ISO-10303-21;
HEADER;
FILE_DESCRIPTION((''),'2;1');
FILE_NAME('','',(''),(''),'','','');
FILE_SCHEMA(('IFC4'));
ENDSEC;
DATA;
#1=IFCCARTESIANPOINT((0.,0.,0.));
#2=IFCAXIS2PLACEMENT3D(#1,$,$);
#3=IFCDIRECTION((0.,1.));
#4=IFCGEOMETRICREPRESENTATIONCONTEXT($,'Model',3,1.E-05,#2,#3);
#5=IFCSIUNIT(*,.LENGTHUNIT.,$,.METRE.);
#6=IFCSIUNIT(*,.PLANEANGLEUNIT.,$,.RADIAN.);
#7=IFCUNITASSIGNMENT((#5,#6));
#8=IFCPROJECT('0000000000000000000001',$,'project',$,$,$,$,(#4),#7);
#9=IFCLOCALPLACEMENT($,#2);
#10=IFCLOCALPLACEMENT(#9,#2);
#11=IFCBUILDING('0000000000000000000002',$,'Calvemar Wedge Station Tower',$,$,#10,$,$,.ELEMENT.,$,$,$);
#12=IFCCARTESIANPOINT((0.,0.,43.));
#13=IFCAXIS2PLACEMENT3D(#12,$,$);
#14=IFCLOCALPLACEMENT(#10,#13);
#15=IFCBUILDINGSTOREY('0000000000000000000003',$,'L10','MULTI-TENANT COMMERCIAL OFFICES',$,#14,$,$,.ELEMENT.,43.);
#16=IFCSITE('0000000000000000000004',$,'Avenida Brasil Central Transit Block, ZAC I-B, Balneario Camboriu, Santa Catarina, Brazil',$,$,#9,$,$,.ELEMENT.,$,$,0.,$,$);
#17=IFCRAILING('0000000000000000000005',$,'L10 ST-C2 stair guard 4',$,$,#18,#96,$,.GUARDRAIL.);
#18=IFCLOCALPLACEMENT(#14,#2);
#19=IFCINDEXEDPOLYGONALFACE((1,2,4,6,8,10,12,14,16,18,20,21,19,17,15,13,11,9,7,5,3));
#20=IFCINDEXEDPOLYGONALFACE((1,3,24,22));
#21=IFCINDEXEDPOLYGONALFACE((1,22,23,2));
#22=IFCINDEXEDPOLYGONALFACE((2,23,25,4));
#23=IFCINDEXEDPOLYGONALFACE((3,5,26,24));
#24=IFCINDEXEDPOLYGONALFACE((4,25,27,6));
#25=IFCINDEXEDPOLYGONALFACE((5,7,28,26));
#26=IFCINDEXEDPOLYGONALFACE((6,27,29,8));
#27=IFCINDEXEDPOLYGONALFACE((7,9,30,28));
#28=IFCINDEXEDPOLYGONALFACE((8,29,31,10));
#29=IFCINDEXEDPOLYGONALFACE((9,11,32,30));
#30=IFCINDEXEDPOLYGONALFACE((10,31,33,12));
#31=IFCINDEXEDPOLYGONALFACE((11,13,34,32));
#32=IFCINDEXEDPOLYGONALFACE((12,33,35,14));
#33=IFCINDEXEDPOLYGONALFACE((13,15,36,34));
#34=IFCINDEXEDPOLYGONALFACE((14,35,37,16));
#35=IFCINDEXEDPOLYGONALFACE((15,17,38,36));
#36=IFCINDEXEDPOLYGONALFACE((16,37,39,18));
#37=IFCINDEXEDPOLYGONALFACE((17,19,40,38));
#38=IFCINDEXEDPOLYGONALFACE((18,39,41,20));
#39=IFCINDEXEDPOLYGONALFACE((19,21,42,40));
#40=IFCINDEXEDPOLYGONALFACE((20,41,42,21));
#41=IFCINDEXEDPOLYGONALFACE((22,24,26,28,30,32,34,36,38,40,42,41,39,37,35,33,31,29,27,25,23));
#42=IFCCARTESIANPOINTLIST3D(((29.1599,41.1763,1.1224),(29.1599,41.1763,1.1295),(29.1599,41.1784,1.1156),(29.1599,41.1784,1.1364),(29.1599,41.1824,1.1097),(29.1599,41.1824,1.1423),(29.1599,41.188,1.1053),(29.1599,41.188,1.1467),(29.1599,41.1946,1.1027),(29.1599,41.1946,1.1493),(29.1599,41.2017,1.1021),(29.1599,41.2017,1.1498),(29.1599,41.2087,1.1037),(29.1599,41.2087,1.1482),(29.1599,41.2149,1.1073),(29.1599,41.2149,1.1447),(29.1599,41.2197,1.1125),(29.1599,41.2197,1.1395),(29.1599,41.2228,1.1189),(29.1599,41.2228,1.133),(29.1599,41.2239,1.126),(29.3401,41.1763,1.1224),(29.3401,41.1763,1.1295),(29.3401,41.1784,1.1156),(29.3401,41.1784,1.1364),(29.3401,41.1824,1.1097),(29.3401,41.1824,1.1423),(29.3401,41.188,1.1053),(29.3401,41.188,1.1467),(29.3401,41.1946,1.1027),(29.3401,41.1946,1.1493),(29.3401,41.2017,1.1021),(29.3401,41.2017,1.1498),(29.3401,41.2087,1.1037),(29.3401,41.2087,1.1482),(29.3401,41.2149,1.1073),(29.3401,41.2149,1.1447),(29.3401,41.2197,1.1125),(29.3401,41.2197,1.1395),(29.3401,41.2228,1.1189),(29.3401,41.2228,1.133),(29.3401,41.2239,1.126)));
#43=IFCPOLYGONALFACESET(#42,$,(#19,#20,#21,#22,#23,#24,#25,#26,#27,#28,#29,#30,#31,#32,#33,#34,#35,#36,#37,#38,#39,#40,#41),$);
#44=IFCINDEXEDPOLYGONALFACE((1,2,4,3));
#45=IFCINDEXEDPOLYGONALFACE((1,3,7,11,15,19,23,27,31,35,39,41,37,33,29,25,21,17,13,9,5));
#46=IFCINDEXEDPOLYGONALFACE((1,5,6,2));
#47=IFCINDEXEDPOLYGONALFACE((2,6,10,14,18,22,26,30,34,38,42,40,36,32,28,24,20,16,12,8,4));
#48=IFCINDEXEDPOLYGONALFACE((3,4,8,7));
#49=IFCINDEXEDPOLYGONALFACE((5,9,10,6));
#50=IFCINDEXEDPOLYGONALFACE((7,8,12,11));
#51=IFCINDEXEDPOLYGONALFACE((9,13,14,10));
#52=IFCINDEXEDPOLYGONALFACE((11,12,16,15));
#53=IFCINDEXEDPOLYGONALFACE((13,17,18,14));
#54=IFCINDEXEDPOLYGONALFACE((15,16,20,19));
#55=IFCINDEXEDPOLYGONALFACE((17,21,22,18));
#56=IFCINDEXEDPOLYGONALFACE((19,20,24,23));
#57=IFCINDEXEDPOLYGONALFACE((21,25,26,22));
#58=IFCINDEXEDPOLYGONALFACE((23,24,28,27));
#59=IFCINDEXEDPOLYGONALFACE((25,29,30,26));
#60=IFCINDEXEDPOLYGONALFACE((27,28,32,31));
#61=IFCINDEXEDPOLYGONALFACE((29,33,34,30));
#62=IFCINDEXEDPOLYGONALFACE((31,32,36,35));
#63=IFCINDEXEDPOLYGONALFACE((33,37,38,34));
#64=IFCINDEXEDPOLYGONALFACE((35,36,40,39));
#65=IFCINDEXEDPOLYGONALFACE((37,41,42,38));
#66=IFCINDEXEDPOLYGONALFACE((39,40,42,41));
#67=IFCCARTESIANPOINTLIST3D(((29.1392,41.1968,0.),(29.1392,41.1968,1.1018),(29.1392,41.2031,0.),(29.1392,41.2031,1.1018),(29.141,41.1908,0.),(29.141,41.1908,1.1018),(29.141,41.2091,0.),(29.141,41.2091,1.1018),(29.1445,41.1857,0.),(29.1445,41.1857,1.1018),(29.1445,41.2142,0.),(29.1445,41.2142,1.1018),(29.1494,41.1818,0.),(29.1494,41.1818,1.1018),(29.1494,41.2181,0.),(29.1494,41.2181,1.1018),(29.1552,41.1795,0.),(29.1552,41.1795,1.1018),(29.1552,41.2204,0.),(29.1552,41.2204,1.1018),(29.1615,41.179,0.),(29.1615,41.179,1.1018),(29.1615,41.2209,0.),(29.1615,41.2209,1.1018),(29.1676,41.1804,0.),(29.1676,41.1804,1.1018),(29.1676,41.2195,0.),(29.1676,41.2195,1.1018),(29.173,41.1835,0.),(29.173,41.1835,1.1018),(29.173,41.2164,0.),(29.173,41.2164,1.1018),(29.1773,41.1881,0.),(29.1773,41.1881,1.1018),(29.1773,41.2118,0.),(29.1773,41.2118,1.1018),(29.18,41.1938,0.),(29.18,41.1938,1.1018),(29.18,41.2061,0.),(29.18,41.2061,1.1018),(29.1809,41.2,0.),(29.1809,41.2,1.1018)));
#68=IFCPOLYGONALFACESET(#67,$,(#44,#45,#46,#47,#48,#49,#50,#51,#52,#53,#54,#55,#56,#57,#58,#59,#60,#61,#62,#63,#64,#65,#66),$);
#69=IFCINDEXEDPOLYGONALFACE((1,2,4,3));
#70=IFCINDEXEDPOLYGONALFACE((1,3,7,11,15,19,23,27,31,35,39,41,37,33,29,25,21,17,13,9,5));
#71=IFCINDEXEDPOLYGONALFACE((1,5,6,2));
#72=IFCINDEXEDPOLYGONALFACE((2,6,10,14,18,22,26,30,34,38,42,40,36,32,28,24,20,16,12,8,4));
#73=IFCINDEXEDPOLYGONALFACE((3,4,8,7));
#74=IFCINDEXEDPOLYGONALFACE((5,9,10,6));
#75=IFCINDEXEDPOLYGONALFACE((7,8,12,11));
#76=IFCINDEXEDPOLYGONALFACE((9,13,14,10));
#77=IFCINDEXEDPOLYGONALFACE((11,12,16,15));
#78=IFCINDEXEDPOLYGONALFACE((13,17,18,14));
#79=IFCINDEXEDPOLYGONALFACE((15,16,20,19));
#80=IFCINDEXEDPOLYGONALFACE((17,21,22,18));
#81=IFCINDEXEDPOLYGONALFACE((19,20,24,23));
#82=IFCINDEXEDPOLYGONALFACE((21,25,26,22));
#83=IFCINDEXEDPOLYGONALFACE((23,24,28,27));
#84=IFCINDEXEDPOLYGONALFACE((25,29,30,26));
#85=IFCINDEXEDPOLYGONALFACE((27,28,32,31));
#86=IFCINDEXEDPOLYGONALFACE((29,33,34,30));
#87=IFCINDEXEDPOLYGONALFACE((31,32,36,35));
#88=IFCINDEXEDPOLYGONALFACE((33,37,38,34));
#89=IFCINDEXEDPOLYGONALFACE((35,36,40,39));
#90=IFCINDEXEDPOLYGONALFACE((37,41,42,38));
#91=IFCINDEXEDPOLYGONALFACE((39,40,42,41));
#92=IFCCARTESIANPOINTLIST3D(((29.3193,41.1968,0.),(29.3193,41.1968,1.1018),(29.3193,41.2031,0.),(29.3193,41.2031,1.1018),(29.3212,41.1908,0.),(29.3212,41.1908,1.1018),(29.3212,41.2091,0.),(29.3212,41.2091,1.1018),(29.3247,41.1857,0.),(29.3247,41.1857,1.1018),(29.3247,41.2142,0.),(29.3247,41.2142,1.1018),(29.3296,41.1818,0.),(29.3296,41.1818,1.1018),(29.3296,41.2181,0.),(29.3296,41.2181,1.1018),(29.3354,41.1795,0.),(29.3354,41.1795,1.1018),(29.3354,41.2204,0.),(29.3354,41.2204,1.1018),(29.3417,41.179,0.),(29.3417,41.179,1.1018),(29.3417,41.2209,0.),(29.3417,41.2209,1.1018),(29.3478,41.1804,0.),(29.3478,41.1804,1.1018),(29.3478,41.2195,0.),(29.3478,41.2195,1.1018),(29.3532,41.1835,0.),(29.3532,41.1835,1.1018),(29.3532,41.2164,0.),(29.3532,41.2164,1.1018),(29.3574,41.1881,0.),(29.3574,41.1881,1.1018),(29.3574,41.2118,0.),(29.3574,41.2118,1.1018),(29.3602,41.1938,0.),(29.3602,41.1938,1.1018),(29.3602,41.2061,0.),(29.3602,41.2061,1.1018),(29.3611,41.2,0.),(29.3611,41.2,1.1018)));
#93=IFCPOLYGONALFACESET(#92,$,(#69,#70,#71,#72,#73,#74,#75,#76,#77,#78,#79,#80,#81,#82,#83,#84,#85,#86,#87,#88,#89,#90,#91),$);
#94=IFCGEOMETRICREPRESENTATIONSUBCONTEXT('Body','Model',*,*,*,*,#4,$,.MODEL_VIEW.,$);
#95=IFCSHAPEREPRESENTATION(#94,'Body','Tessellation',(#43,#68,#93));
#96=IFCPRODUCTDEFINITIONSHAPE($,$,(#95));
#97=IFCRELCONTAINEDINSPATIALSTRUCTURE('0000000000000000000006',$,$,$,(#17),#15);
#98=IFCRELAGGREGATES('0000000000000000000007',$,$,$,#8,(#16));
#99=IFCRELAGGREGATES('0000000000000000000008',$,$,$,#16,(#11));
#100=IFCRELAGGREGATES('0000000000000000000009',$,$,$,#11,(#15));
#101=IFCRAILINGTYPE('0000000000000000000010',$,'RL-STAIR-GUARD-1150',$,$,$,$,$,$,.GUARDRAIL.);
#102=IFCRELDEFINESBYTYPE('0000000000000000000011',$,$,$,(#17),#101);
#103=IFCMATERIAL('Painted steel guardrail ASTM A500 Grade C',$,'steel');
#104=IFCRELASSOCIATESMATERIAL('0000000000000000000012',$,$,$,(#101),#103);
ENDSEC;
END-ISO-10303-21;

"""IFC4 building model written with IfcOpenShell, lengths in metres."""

from ifc_helpers import new_model, si_unit, direction, frame, origin, origin_2d, place, context, subcontext, project, spatial, circle, extrude, material, type_object, element, save


model = new_model("IFC4")

# Units and contexts
model_context = context("Model", 3, precision=1e-05, world=origin(), true_north=direction((0.0, 1.0)))
body_context = subcontext(model_context, "Body", "Model", "MODEL_VIEW")
ifc_project = project(units=[si_unit("LENGTHUNIT", "METRE"), si_unit("PLANEANGLEUNIT", "RADIAN")], contexts=[model_context])

# Site, building, storey
site_placement = place(None, origin())
site = spatial("IfcSite", under=ifc_project, at=site_placement, Name="Avenida Brasil Central Transit Block, ZAC I-B, Balneario Camboriu, Santa Catarina, Brazil", CompositionType="ELEMENT", RefElevation=0.0)
building_placement = place(site_placement, origin())
building = spatial("IfcBuilding", under=site, at=building_placement, Name="Calvemar Wedge Station Tower", CompositionType="ELEMENT")
storey_placement = place(building_placement, frame((0.0, 0.0, 43.0)))
storey = spatial("IfcBuildingStorey", under=building, at=storey_placement, Name="L10", Description="MULTI-TENANT COMMERCIAL OFFICES", CompositionType="ELEMENT", Elevation=43.0)

# Railing
ifc_material_1 = material(Name="Painted steel guardrail ASTM A500 Grade C", Category="steel")
railing_type_1 = type_object("IfcRailingType", Name="RL-STAIR-GUARD-1150", PredefinedType="GUARDRAIL", material=ifc_material_1)
railing_1_placement = place(storey_placement, frame((29.1599, 41.2, 0.0)))
element("IfcRailing", 1, at=railing_1_placement, inside=storey, type_object=railing_type_1, Name="L10 ST-C2 stair guard 4", PredefinedType="GUARDRAIL", context=body_context, shape_type="SweptSolid", body=[
    extrude(circle(Radius=0.0239, at=origin_2d()), frame((0.0, 0.0, 1.126), z_axis=(1.0, 0.0, 0.0), x_axis=(0.0, 1.0, 0.0)), (0.0, 0.0, 1.0), 0.1802),
    extrude(circle(Radius=0.021, at=origin_2d()), origin(), (0.0, 0.0, 1.0), 1.1018),
    extrude(circle(Radius=0.021, at=origin_2d()), frame((0.1802, 0.0, 0.0)), (0.0, 0.0, 1.0), 1.1018),
])

save(model, "model.ifc")
